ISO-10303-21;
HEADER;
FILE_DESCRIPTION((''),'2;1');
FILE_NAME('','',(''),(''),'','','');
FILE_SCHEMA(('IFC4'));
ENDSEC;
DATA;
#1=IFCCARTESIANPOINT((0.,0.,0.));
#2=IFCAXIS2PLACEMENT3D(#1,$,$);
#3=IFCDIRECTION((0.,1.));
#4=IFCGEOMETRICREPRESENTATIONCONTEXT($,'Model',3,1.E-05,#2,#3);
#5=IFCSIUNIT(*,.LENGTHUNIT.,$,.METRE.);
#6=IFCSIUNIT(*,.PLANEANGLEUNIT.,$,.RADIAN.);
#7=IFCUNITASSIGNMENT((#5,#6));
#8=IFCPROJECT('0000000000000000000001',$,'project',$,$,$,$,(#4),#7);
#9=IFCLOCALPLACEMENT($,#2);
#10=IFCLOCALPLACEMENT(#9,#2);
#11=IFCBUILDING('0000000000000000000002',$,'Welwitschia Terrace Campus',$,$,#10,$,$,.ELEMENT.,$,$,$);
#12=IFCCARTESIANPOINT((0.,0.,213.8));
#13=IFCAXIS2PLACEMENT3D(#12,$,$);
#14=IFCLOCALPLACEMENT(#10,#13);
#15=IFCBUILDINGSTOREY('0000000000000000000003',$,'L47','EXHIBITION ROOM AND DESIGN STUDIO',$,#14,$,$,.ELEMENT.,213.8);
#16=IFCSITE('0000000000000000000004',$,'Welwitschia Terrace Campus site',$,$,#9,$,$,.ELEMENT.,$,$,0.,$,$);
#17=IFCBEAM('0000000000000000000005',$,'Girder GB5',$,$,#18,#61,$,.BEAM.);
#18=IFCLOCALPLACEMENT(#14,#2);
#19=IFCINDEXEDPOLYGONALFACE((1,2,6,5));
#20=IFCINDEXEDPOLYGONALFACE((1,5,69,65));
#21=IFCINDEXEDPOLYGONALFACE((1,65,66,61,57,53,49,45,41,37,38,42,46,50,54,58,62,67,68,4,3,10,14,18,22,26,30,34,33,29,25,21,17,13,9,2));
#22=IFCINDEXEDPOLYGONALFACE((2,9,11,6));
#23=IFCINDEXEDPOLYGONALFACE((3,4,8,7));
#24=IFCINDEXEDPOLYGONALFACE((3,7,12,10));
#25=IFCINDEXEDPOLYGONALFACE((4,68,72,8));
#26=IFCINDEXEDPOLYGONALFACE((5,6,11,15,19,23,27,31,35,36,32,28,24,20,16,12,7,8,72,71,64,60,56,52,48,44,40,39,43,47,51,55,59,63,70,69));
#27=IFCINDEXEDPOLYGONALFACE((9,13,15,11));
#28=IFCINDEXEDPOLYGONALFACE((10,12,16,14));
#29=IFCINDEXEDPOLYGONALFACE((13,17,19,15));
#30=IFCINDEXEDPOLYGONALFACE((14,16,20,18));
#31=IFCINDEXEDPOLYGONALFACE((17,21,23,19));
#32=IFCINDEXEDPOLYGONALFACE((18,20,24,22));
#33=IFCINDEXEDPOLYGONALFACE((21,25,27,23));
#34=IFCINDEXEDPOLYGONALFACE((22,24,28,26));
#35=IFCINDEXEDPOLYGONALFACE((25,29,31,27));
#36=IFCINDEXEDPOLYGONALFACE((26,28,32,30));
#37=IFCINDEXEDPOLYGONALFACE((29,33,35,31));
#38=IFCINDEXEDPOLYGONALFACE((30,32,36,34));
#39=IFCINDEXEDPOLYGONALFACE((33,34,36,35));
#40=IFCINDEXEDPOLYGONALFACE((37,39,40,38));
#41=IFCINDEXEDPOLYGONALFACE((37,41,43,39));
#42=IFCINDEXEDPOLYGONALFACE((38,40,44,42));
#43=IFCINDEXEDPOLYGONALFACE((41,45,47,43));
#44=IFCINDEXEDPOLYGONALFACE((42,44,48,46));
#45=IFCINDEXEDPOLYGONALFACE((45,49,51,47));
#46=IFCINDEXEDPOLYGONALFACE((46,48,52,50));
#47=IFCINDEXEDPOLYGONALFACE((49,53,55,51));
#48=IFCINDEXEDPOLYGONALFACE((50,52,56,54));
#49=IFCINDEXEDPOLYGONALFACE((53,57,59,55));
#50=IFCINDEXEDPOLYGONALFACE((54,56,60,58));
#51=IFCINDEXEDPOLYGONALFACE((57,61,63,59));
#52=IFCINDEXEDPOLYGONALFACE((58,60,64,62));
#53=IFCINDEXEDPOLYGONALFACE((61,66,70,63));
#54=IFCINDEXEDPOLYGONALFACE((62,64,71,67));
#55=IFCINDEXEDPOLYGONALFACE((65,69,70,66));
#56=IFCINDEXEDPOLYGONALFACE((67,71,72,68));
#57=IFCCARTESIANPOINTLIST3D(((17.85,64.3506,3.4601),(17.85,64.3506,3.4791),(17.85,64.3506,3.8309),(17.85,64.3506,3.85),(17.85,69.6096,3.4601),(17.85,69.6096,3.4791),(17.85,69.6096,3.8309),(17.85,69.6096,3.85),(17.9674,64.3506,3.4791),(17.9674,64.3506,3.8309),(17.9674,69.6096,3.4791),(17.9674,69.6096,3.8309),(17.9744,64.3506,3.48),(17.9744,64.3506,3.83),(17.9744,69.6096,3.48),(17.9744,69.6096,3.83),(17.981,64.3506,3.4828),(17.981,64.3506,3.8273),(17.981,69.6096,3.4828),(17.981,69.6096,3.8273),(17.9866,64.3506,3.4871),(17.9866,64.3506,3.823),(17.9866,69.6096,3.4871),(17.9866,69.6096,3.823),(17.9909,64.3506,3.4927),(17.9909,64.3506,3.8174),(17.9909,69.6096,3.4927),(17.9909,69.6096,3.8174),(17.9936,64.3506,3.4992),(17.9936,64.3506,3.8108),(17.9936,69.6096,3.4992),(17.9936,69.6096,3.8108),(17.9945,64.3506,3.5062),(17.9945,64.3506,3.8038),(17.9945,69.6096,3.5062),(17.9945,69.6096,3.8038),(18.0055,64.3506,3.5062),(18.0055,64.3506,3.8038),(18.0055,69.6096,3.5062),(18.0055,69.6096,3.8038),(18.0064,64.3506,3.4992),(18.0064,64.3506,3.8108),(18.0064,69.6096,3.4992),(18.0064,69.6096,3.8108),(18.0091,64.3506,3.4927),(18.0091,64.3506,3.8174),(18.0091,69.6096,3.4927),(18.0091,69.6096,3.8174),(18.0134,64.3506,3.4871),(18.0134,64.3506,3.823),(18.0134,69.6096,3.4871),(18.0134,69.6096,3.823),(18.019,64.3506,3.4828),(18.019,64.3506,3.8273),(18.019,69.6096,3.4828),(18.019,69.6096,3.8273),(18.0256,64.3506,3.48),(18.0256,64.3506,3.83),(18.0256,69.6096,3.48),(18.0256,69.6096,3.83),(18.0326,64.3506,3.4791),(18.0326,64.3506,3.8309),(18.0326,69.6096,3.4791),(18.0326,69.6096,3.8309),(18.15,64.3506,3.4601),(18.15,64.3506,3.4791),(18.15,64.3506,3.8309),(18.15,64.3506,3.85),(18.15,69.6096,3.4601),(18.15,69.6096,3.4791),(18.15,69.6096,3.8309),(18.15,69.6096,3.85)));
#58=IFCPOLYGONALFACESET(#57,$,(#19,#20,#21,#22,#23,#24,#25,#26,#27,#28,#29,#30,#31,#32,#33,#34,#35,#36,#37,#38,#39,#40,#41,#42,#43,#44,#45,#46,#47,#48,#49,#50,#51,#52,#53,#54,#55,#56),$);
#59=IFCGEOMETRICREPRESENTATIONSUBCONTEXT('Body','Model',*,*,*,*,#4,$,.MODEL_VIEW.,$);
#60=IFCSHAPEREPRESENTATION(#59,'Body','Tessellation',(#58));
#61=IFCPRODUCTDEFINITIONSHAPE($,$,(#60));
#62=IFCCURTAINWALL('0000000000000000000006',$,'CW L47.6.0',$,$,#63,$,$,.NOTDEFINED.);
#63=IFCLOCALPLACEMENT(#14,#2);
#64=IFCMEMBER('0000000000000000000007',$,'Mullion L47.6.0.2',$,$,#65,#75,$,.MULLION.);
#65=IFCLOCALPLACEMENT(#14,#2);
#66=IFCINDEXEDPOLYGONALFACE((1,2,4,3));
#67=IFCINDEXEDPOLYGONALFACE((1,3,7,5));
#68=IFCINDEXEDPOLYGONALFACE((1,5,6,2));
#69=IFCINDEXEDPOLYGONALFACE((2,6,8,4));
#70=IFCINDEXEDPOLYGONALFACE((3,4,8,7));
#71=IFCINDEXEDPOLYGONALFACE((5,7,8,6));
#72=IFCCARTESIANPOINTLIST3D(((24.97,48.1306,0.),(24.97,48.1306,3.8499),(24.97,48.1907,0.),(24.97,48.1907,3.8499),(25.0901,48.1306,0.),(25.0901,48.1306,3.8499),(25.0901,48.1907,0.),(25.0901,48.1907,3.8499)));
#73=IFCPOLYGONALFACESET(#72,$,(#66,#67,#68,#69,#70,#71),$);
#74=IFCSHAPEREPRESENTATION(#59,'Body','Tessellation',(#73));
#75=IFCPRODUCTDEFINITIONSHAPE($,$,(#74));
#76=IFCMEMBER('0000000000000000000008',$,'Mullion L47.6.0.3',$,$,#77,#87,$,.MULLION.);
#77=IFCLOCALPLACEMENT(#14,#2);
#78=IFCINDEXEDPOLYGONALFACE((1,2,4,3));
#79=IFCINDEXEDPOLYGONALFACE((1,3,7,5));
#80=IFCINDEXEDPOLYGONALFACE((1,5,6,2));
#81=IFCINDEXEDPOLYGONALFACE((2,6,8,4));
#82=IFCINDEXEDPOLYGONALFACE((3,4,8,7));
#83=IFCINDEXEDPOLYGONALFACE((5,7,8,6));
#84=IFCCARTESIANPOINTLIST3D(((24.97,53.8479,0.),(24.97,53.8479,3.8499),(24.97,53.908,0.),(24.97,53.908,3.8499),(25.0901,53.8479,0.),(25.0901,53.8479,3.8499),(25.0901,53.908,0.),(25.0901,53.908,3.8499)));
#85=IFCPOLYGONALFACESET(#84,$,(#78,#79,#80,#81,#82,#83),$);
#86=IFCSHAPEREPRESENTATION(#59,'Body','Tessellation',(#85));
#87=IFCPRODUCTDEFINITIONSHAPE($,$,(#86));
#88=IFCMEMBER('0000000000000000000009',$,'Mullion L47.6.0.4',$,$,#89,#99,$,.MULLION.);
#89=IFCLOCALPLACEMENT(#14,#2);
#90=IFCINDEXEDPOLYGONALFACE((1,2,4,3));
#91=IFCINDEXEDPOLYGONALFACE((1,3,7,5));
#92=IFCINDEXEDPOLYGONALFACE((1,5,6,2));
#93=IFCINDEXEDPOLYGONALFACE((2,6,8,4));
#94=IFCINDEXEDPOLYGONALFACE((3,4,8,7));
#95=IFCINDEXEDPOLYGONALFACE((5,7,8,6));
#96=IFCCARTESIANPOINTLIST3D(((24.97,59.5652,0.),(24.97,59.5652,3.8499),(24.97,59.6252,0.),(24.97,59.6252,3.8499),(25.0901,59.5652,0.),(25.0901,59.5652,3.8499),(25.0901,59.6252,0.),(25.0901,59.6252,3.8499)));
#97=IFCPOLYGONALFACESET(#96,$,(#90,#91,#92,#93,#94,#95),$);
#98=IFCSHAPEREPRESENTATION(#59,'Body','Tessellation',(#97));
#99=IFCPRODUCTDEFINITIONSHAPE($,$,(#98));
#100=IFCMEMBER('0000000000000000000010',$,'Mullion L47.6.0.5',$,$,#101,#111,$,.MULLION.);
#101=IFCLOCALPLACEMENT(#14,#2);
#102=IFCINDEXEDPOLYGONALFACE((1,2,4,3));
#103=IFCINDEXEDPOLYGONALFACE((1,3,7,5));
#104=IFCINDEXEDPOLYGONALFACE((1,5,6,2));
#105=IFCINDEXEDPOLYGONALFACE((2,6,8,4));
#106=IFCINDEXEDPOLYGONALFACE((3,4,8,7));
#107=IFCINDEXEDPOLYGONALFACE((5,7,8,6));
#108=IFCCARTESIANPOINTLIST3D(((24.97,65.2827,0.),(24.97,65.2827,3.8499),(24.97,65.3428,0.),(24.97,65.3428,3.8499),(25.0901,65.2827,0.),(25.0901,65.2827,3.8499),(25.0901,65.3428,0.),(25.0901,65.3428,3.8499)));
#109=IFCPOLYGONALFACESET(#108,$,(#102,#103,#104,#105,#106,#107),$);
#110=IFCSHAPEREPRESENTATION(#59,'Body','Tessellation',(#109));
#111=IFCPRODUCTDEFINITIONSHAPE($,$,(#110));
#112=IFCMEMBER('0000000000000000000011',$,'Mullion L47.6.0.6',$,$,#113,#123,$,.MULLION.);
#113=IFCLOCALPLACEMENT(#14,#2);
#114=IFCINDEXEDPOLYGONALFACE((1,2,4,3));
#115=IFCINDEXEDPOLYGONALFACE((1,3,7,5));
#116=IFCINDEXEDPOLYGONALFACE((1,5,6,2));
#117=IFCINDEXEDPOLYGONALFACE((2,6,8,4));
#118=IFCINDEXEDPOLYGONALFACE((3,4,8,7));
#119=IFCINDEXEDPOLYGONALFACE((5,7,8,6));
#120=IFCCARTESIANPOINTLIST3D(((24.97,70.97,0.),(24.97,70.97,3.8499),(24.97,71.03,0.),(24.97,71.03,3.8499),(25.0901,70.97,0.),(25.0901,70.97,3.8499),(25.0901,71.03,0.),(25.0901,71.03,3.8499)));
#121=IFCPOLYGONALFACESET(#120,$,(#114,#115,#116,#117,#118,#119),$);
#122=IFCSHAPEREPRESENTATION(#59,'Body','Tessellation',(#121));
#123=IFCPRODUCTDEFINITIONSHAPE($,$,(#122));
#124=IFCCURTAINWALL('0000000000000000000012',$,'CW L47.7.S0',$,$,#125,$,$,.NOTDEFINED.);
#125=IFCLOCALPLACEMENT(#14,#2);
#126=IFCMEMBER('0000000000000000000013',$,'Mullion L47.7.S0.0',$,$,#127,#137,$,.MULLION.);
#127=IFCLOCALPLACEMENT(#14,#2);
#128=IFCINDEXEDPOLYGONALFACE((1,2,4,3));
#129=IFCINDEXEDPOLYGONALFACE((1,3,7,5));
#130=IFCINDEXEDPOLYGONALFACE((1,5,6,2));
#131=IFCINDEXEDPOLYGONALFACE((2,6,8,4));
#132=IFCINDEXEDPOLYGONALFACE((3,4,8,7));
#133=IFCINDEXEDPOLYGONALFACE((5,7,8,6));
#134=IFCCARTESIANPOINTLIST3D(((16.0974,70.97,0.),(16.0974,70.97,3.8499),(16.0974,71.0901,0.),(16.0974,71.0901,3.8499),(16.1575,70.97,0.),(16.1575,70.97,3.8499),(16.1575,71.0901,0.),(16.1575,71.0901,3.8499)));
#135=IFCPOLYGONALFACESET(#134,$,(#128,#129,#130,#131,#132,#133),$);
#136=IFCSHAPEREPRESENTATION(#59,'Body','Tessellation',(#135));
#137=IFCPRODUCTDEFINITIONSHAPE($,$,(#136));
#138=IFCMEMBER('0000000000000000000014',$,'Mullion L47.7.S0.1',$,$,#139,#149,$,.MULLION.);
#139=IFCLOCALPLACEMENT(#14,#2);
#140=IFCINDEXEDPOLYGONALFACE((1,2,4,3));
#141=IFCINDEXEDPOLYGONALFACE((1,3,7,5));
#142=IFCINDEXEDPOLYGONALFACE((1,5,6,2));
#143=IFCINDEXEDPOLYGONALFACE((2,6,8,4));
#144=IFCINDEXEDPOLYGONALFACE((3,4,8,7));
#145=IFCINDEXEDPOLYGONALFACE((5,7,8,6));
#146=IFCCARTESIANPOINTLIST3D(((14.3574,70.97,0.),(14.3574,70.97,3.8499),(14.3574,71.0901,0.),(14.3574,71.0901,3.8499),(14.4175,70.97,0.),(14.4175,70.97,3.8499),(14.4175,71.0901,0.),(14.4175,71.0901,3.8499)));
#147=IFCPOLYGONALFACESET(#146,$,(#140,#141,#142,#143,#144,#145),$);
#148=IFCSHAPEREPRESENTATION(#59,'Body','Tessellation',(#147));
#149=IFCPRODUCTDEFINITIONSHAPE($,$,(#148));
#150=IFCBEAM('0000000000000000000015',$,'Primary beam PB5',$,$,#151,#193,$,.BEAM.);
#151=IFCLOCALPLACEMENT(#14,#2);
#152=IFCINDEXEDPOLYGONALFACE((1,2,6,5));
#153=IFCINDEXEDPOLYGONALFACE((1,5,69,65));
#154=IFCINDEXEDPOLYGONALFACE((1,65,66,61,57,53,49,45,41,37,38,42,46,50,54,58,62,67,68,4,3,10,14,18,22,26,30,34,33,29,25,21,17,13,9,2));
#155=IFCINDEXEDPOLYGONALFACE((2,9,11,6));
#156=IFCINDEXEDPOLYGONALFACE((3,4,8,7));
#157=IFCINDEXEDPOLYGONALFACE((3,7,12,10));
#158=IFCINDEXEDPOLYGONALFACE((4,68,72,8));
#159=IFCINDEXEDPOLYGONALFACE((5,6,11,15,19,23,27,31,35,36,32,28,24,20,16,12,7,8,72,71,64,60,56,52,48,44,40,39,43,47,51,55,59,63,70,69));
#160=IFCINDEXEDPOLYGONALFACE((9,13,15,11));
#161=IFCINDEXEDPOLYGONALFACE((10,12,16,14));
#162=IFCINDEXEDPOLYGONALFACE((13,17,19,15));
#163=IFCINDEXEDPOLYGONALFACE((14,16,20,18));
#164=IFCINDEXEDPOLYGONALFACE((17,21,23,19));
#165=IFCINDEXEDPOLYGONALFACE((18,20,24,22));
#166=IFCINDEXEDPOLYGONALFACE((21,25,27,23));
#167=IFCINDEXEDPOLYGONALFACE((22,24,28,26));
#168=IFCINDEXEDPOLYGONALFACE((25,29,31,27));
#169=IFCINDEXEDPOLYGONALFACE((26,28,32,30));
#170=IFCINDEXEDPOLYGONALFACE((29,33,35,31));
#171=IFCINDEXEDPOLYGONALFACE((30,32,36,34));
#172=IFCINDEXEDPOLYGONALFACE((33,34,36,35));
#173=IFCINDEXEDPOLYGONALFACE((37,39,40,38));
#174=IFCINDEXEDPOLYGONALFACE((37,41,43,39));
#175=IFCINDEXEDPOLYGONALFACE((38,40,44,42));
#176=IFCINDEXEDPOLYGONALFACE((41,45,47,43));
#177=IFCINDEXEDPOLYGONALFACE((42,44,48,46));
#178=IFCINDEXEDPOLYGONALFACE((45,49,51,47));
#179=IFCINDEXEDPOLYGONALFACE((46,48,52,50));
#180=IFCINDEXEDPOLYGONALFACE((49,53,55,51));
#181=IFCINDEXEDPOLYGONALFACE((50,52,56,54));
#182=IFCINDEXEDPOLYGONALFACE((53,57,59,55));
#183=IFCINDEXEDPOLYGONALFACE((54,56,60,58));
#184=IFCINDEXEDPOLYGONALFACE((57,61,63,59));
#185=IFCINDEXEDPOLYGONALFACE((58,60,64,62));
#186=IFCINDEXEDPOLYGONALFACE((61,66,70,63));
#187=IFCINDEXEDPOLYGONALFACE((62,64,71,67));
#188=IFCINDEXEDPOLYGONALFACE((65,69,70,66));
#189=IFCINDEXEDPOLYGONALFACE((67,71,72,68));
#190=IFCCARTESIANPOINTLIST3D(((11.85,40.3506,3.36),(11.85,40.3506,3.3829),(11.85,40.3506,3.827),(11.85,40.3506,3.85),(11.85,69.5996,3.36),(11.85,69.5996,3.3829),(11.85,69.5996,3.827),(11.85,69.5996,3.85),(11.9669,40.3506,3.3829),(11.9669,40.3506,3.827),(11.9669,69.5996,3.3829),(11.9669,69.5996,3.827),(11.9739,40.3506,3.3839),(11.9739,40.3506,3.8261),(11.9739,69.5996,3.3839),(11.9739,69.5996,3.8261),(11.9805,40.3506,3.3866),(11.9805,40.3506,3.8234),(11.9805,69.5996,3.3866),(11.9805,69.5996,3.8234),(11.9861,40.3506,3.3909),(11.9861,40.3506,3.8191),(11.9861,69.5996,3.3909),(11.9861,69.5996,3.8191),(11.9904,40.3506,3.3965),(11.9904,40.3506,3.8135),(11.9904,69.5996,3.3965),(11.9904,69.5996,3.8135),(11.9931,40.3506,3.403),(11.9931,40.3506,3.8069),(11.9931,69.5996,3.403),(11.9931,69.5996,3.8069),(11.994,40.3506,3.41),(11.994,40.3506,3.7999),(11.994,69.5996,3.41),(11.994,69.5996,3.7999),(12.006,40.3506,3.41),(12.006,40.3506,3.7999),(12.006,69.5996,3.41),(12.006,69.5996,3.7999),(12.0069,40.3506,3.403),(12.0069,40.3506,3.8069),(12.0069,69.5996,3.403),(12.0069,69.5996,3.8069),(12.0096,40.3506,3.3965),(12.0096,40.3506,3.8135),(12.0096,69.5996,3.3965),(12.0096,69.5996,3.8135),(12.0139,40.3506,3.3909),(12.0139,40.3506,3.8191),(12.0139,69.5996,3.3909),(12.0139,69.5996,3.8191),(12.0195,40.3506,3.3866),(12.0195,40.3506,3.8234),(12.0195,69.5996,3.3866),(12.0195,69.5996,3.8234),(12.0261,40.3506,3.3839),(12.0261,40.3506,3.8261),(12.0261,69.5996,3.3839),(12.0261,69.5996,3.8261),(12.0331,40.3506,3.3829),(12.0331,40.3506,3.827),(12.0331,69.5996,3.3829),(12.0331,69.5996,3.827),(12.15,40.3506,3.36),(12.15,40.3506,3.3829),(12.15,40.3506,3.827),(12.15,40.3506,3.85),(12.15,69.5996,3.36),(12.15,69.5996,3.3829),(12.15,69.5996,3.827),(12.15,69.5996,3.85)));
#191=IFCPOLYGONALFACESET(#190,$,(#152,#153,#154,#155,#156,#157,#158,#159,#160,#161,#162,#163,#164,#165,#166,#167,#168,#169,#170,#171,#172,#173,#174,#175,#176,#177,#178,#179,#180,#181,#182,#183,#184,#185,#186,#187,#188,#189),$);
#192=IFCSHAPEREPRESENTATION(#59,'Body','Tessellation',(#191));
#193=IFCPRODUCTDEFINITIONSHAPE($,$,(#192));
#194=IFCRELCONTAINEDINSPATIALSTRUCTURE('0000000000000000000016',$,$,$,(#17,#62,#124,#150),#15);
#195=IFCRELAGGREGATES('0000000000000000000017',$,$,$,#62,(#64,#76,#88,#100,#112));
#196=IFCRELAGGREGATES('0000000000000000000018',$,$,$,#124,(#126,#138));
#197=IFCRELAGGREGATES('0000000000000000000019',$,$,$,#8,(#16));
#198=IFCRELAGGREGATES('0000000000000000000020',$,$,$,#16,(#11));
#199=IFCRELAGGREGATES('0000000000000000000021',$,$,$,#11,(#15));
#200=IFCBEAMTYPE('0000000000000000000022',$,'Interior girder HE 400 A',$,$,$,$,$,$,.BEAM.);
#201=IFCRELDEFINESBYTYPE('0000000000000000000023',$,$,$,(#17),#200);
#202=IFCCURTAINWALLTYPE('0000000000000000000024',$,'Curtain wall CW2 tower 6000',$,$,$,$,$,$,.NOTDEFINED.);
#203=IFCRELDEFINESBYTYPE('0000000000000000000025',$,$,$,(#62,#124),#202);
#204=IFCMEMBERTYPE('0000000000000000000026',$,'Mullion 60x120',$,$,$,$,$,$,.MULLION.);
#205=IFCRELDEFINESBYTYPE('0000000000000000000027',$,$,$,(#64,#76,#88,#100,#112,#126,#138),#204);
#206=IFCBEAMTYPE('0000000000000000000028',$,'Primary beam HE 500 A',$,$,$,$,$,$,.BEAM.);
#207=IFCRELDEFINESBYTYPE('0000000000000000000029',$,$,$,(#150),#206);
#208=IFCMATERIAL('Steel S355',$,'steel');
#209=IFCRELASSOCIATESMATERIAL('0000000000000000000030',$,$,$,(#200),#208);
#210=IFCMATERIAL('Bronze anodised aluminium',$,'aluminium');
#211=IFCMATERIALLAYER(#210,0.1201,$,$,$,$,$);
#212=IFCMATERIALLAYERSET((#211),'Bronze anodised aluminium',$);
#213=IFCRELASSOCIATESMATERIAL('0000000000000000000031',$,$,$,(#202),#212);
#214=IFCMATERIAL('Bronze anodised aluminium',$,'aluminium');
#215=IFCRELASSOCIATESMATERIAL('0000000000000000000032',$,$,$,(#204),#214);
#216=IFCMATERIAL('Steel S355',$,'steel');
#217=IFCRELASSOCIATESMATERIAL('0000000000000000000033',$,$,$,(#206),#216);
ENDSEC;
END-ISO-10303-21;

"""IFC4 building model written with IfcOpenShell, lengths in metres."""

from ifc_helpers import new_model, si_unit, direction, frame, origin, origin_2d, place, context, subcontext, project, spatial, rectangle, i_section, extrude, material, layer, layer_set, material_profile, profile_set, type_object, element, aggregate, save


model = new_model("IFC4")

# Units and contexts
model_context = context("Model", 3, precision=1e-05, world=origin(), true_north=direction((0.0, 1.0)))
body_context = subcontext(model_context, "Body", "Model", "MODEL_VIEW")
ifc_project = project(units=[si_unit("LENGTHUNIT", "METRE"), si_unit("PLANEANGLEUNIT", "RADIAN")], contexts=[model_context])

# Site, building, storey
site_placement = place(None, origin())
site = spatial("IfcSite", under=ifc_project, at=site_placement, Name="Welwitschia Terrace Campus site", CompositionType="ELEMENT", RefElevation=0.0)
building_placement = place(site_placement, origin())
building = spatial("IfcBuilding", under=site, at=building_placement, Name="Welwitschia Terrace Campus", CompositionType="ELEMENT")
storey_placement = place(building_placement, frame((0.0, 0.0, 213.8)))
storey = spatial("IfcBuildingStorey", under=building, at=storey_placement, Name="L47", Description="EXHIBITION ROOM AND DESIGN STUDIO", CompositionType="ELEMENT", Elevation=213.8)

# Beam
ifc_material_1 = material(Name="Steel S355", Category="steel")
ifc_material_profile_1 = material_profile(ifc_material_1, i_section(OverallWidth=0.3, OverallDepth=0.3899, WebThickness=0.011, FlangeThickness=0.019, FilletRadius=0.0271, at=origin_2d()))
ifc_profile_set_1 = profile_set([ifc_material_profile_1], Name="Steel S355")
beam_type_1 = type_object("IfcBeamType", Name="Interior girder HE 400 A", PredefinedType="BEAM", material=ifc_profile_set_1)
beam_1_placement = place(storey_placement, frame((18.0, 64.3506, 3.655), z_axis=(0.0, 1.0, 0.0), x_axis=(-1.0, 0.0, 0.0)))
element("IfcBeam", 1, at=beam_1_placement, inside=storey, type_object=beam_type_1, Name="Girder GB5", PredefinedType="BEAM", context=body_context, shape_type="SweptSolid", body=[
    extrude(i_section(OverallWidth=0.3, OverallDepth=0.3899, WebThickness=0.011, FlangeThickness=0.019, FilletRadius=0.0271, at=origin_2d()), origin(), (0.0, 0.0, 1.0), 5.259),
])

# Curtain walls, members
ifc_material_2 = material(Name="Bronze anodised aluminium", Category="aluminium")
ifc_layer_1 = layer(ifc_material_2, 0.1201)
ifc_layer_set_1 = layer_set([ifc_layer_1], Name="Bronze anodised aluminium")
curtain_wall_type = type_object("IfcCurtainWallType", Name="Curtain wall CW2 tower 6000", PredefinedType="NOTDEFINED", material=ifc_layer_set_1)
curtain_wall_1_placement = place(storey_placement, origin())
curtain_wall_1 = element("IfcCurtainWall", 2, at=curtain_wall_1_placement, inside=storey, type_object=curtain_wall_type, Name="CW L47.6.0", PredefinedType="NOTDEFINED")
ifc_material_3 = material(Name="Bronze anodised aluminium", Category="aluminium")
ifc_material_profile_2 = material_profile(ifc_material_3, rectangle(XDim=0.1201, YDim=0.0601, at=origin_2d()))
ifc_profile_set_2 = profile_set([ifc_material_profile_2], Name="Bronze anodised aluminium")
member_type_1 = type_object("IfcMemberType", Name="Mullion 60x120", PredefinedType="MULLION", material=ifc_profile_set_2)
member_1_placement = place(storey_placement, frame((25.03, 48.1606, 0.0), z_axis=(0.0, 0.0, 1.0), x_axis=(-1.0, 0.0, 0.0)))
member_1 = element("IfcMember", 3, at=member_1_placement, type_object=member_type_1, Name="Mullion L47.6.0.2", PredefinedType="MULLION", context=body_context, shape_type="SweptSolid", body=[
    extrude(rectangle(XDim=0.1201, YDim=0.0601, at=origin_2d()), origin(), (0.0, 0.0, 1.0), 3.8499),
])
member_2_placement = place(storey_placement, frame((25.03, 53.8779, 0.0), z_axis=(0.0, 0.0, 1.0), x_axis=(-1.0, 0.0, 0.0)))
member_2 = element("IfcMember", 4, at=member_2_placement, type_object=member_type_1, Name="Mullion L47.6.0.3", PredefinedType="MULLION", context=body_context, shape_type="SweptSolid", body=[
    extrude(rectangle(XDim=0.1201, YDim=0.0601, at=origin_2d()), origin(), (0.0, 0.0, 1.0), 3.8499),
])
member_3_placement = place(storey_placement, frame((25.03, 59.5952, 0.0), z_axis=(0.0, 0.0, 1.0), x_axis=(-1.0, 0.0, 0.0)))
member_3 = element("IfcMember", 5, at=member_3_placement, type_object=member_type_1, Name="Mullion L47.6.0.4", PredefinedType="MULLION", context=body_context, shape_type="SweptSolid", body=[
    extrude(rectangle(XDim=0.1201, YDim=0.0601, at=origin_2d()), origin(), (0.0, 0.0, 1.0), 3.8499),
])
member_4_placement = place(storey_placement, frame((25.03, 65.3127, 0.0), z_axis=(0.0, 0.0, 1.0), x_axis=(-1.0, 0.0, 0.0)))
member_4 = element("IfcMember", 6, at=member_4_placement, type_object=member_type_1, Name="Mullion L47.6.0.5", PredefinedType="MULLION", context=body_context, shape_type="SweptSolid", body=[
    extrude(rectangle(XDim=0.1201, YDim=0.0601, at=origin_2d()), origin(), (0.0, 0.0, 1.0), 3.8499),
])
member_5_placement = place(storey_placement, frame((25.03, 71.0, 0.0), z_axis=(0.0, 0.0, 1.0), x_axis=(-1.0, 0.0, 0.0)))
member_5 = element("IfcMember", 7, at=member_5_placement, type_object=member_type_1, Name="Mullion L47.6.0.6", PredefinedType="MULLION", context=body_context, shape_type="SweptSolid", body=[
    extrude(rectangle(XDim=0.1201, YDim=0.0601, at=origin_2d()), origin(), (0.0, 0.0, 1.0), 3.8499),
])
curtain_wall_2_placement = place(storey_placement, origin())
curtain_wall_2 = element("IfcCurtainWall", 8, at=curtain_wall_2_placement, inside=storey, type_object=curtain_wall_type, Name="CW L47.7.S0", PredefinedType="NOTDEFINED")
member_6_placement = place(storey_placement, frame((16.1274, 71.03, 0.0), z_axis=(0.0, 0.0, 1.0), x_axis=(0.0, -1.0, 0.0)))
member_6 = element("IfcMember", 9, at=member_6_placement, type_object=member_type_1, Name="Mullion L47.7.S0.0", PredefinedType="MULLION", context=body_context, shape_type="SweptSolid", body=[
    extrude(rectangle(XDim=0.1201, YDim=0.0601, at=origin_2d()), origin(), (0.0, 0.0, 1.0), 3.8499),
])
member_7_placement = place(storey_placement, frame((14.3875, 71.03, 0.0), z_axis=(0.0, 0.0, 1.0), x_axis=(0.0, -1.0, 0.0)))
member_7 = element("IfcMember", 10, at=member_7_placement, type_object=member_type_1, Name="Mullion L47.7.S0.1", PredefinedType="MULLION", context=body_context, shape_type="SweptSolid", body=[
    extrude(rectangle(XDim=0.1201, YDim=0.0601, at=origin_2d()), origin(), (0.0, 0.0, 1.0), 3.8499),
])

# Beam
ifc_material_4 = material(Name="Steel S355", Category="steel")
ifc_material_profile_3 = material_profile(ifc_material_4, i_section(OverallWidth=0.3, OverallDepth=0.49, WebThickness=0.012, FlangeThickness=0.0229, FilletRadius=0.0271, at=origin_2d()))
ifc_profile_set_3 = profile_set([ifc_material_profile_3], Name="Steel S355")
beam_type_2 = type_object("IfcBeamType", Name="Primary beam HE 500 A", PredefinedType="BEAM", material=ifc_profile_set_3)
beam_2_placement = place(storey_placement, frame((12.0, 69.5996, 3.605), z_axis=(0.0, -1.0, 0.0), x_axis=(1.0, 0.0, 0.0)))
element("IfcBeam", 11, at=beam_2_placement, inside=storey, type_object=beam_type_2, Name="Primary beam PB5", PredefinedType="BEAM", context=body_context, shape_type="SweptSolid", body=[
    extrude(i_section(OverallWidth=0.3, OverallDepth=0.49, WebThickness=0.012, FlangeThickness=0.0229, FilletRadius=0.0271, at=origin_2d()), origin(), (0.0, 0.0, 1.0), 29.249),
])

aggregate(curtain_wall_1, [member_1, member_2, member_3, member_4, member_5])
aggregate(curtain_wall_2, [member_6, member_7])

save(model, "model.ifc")
